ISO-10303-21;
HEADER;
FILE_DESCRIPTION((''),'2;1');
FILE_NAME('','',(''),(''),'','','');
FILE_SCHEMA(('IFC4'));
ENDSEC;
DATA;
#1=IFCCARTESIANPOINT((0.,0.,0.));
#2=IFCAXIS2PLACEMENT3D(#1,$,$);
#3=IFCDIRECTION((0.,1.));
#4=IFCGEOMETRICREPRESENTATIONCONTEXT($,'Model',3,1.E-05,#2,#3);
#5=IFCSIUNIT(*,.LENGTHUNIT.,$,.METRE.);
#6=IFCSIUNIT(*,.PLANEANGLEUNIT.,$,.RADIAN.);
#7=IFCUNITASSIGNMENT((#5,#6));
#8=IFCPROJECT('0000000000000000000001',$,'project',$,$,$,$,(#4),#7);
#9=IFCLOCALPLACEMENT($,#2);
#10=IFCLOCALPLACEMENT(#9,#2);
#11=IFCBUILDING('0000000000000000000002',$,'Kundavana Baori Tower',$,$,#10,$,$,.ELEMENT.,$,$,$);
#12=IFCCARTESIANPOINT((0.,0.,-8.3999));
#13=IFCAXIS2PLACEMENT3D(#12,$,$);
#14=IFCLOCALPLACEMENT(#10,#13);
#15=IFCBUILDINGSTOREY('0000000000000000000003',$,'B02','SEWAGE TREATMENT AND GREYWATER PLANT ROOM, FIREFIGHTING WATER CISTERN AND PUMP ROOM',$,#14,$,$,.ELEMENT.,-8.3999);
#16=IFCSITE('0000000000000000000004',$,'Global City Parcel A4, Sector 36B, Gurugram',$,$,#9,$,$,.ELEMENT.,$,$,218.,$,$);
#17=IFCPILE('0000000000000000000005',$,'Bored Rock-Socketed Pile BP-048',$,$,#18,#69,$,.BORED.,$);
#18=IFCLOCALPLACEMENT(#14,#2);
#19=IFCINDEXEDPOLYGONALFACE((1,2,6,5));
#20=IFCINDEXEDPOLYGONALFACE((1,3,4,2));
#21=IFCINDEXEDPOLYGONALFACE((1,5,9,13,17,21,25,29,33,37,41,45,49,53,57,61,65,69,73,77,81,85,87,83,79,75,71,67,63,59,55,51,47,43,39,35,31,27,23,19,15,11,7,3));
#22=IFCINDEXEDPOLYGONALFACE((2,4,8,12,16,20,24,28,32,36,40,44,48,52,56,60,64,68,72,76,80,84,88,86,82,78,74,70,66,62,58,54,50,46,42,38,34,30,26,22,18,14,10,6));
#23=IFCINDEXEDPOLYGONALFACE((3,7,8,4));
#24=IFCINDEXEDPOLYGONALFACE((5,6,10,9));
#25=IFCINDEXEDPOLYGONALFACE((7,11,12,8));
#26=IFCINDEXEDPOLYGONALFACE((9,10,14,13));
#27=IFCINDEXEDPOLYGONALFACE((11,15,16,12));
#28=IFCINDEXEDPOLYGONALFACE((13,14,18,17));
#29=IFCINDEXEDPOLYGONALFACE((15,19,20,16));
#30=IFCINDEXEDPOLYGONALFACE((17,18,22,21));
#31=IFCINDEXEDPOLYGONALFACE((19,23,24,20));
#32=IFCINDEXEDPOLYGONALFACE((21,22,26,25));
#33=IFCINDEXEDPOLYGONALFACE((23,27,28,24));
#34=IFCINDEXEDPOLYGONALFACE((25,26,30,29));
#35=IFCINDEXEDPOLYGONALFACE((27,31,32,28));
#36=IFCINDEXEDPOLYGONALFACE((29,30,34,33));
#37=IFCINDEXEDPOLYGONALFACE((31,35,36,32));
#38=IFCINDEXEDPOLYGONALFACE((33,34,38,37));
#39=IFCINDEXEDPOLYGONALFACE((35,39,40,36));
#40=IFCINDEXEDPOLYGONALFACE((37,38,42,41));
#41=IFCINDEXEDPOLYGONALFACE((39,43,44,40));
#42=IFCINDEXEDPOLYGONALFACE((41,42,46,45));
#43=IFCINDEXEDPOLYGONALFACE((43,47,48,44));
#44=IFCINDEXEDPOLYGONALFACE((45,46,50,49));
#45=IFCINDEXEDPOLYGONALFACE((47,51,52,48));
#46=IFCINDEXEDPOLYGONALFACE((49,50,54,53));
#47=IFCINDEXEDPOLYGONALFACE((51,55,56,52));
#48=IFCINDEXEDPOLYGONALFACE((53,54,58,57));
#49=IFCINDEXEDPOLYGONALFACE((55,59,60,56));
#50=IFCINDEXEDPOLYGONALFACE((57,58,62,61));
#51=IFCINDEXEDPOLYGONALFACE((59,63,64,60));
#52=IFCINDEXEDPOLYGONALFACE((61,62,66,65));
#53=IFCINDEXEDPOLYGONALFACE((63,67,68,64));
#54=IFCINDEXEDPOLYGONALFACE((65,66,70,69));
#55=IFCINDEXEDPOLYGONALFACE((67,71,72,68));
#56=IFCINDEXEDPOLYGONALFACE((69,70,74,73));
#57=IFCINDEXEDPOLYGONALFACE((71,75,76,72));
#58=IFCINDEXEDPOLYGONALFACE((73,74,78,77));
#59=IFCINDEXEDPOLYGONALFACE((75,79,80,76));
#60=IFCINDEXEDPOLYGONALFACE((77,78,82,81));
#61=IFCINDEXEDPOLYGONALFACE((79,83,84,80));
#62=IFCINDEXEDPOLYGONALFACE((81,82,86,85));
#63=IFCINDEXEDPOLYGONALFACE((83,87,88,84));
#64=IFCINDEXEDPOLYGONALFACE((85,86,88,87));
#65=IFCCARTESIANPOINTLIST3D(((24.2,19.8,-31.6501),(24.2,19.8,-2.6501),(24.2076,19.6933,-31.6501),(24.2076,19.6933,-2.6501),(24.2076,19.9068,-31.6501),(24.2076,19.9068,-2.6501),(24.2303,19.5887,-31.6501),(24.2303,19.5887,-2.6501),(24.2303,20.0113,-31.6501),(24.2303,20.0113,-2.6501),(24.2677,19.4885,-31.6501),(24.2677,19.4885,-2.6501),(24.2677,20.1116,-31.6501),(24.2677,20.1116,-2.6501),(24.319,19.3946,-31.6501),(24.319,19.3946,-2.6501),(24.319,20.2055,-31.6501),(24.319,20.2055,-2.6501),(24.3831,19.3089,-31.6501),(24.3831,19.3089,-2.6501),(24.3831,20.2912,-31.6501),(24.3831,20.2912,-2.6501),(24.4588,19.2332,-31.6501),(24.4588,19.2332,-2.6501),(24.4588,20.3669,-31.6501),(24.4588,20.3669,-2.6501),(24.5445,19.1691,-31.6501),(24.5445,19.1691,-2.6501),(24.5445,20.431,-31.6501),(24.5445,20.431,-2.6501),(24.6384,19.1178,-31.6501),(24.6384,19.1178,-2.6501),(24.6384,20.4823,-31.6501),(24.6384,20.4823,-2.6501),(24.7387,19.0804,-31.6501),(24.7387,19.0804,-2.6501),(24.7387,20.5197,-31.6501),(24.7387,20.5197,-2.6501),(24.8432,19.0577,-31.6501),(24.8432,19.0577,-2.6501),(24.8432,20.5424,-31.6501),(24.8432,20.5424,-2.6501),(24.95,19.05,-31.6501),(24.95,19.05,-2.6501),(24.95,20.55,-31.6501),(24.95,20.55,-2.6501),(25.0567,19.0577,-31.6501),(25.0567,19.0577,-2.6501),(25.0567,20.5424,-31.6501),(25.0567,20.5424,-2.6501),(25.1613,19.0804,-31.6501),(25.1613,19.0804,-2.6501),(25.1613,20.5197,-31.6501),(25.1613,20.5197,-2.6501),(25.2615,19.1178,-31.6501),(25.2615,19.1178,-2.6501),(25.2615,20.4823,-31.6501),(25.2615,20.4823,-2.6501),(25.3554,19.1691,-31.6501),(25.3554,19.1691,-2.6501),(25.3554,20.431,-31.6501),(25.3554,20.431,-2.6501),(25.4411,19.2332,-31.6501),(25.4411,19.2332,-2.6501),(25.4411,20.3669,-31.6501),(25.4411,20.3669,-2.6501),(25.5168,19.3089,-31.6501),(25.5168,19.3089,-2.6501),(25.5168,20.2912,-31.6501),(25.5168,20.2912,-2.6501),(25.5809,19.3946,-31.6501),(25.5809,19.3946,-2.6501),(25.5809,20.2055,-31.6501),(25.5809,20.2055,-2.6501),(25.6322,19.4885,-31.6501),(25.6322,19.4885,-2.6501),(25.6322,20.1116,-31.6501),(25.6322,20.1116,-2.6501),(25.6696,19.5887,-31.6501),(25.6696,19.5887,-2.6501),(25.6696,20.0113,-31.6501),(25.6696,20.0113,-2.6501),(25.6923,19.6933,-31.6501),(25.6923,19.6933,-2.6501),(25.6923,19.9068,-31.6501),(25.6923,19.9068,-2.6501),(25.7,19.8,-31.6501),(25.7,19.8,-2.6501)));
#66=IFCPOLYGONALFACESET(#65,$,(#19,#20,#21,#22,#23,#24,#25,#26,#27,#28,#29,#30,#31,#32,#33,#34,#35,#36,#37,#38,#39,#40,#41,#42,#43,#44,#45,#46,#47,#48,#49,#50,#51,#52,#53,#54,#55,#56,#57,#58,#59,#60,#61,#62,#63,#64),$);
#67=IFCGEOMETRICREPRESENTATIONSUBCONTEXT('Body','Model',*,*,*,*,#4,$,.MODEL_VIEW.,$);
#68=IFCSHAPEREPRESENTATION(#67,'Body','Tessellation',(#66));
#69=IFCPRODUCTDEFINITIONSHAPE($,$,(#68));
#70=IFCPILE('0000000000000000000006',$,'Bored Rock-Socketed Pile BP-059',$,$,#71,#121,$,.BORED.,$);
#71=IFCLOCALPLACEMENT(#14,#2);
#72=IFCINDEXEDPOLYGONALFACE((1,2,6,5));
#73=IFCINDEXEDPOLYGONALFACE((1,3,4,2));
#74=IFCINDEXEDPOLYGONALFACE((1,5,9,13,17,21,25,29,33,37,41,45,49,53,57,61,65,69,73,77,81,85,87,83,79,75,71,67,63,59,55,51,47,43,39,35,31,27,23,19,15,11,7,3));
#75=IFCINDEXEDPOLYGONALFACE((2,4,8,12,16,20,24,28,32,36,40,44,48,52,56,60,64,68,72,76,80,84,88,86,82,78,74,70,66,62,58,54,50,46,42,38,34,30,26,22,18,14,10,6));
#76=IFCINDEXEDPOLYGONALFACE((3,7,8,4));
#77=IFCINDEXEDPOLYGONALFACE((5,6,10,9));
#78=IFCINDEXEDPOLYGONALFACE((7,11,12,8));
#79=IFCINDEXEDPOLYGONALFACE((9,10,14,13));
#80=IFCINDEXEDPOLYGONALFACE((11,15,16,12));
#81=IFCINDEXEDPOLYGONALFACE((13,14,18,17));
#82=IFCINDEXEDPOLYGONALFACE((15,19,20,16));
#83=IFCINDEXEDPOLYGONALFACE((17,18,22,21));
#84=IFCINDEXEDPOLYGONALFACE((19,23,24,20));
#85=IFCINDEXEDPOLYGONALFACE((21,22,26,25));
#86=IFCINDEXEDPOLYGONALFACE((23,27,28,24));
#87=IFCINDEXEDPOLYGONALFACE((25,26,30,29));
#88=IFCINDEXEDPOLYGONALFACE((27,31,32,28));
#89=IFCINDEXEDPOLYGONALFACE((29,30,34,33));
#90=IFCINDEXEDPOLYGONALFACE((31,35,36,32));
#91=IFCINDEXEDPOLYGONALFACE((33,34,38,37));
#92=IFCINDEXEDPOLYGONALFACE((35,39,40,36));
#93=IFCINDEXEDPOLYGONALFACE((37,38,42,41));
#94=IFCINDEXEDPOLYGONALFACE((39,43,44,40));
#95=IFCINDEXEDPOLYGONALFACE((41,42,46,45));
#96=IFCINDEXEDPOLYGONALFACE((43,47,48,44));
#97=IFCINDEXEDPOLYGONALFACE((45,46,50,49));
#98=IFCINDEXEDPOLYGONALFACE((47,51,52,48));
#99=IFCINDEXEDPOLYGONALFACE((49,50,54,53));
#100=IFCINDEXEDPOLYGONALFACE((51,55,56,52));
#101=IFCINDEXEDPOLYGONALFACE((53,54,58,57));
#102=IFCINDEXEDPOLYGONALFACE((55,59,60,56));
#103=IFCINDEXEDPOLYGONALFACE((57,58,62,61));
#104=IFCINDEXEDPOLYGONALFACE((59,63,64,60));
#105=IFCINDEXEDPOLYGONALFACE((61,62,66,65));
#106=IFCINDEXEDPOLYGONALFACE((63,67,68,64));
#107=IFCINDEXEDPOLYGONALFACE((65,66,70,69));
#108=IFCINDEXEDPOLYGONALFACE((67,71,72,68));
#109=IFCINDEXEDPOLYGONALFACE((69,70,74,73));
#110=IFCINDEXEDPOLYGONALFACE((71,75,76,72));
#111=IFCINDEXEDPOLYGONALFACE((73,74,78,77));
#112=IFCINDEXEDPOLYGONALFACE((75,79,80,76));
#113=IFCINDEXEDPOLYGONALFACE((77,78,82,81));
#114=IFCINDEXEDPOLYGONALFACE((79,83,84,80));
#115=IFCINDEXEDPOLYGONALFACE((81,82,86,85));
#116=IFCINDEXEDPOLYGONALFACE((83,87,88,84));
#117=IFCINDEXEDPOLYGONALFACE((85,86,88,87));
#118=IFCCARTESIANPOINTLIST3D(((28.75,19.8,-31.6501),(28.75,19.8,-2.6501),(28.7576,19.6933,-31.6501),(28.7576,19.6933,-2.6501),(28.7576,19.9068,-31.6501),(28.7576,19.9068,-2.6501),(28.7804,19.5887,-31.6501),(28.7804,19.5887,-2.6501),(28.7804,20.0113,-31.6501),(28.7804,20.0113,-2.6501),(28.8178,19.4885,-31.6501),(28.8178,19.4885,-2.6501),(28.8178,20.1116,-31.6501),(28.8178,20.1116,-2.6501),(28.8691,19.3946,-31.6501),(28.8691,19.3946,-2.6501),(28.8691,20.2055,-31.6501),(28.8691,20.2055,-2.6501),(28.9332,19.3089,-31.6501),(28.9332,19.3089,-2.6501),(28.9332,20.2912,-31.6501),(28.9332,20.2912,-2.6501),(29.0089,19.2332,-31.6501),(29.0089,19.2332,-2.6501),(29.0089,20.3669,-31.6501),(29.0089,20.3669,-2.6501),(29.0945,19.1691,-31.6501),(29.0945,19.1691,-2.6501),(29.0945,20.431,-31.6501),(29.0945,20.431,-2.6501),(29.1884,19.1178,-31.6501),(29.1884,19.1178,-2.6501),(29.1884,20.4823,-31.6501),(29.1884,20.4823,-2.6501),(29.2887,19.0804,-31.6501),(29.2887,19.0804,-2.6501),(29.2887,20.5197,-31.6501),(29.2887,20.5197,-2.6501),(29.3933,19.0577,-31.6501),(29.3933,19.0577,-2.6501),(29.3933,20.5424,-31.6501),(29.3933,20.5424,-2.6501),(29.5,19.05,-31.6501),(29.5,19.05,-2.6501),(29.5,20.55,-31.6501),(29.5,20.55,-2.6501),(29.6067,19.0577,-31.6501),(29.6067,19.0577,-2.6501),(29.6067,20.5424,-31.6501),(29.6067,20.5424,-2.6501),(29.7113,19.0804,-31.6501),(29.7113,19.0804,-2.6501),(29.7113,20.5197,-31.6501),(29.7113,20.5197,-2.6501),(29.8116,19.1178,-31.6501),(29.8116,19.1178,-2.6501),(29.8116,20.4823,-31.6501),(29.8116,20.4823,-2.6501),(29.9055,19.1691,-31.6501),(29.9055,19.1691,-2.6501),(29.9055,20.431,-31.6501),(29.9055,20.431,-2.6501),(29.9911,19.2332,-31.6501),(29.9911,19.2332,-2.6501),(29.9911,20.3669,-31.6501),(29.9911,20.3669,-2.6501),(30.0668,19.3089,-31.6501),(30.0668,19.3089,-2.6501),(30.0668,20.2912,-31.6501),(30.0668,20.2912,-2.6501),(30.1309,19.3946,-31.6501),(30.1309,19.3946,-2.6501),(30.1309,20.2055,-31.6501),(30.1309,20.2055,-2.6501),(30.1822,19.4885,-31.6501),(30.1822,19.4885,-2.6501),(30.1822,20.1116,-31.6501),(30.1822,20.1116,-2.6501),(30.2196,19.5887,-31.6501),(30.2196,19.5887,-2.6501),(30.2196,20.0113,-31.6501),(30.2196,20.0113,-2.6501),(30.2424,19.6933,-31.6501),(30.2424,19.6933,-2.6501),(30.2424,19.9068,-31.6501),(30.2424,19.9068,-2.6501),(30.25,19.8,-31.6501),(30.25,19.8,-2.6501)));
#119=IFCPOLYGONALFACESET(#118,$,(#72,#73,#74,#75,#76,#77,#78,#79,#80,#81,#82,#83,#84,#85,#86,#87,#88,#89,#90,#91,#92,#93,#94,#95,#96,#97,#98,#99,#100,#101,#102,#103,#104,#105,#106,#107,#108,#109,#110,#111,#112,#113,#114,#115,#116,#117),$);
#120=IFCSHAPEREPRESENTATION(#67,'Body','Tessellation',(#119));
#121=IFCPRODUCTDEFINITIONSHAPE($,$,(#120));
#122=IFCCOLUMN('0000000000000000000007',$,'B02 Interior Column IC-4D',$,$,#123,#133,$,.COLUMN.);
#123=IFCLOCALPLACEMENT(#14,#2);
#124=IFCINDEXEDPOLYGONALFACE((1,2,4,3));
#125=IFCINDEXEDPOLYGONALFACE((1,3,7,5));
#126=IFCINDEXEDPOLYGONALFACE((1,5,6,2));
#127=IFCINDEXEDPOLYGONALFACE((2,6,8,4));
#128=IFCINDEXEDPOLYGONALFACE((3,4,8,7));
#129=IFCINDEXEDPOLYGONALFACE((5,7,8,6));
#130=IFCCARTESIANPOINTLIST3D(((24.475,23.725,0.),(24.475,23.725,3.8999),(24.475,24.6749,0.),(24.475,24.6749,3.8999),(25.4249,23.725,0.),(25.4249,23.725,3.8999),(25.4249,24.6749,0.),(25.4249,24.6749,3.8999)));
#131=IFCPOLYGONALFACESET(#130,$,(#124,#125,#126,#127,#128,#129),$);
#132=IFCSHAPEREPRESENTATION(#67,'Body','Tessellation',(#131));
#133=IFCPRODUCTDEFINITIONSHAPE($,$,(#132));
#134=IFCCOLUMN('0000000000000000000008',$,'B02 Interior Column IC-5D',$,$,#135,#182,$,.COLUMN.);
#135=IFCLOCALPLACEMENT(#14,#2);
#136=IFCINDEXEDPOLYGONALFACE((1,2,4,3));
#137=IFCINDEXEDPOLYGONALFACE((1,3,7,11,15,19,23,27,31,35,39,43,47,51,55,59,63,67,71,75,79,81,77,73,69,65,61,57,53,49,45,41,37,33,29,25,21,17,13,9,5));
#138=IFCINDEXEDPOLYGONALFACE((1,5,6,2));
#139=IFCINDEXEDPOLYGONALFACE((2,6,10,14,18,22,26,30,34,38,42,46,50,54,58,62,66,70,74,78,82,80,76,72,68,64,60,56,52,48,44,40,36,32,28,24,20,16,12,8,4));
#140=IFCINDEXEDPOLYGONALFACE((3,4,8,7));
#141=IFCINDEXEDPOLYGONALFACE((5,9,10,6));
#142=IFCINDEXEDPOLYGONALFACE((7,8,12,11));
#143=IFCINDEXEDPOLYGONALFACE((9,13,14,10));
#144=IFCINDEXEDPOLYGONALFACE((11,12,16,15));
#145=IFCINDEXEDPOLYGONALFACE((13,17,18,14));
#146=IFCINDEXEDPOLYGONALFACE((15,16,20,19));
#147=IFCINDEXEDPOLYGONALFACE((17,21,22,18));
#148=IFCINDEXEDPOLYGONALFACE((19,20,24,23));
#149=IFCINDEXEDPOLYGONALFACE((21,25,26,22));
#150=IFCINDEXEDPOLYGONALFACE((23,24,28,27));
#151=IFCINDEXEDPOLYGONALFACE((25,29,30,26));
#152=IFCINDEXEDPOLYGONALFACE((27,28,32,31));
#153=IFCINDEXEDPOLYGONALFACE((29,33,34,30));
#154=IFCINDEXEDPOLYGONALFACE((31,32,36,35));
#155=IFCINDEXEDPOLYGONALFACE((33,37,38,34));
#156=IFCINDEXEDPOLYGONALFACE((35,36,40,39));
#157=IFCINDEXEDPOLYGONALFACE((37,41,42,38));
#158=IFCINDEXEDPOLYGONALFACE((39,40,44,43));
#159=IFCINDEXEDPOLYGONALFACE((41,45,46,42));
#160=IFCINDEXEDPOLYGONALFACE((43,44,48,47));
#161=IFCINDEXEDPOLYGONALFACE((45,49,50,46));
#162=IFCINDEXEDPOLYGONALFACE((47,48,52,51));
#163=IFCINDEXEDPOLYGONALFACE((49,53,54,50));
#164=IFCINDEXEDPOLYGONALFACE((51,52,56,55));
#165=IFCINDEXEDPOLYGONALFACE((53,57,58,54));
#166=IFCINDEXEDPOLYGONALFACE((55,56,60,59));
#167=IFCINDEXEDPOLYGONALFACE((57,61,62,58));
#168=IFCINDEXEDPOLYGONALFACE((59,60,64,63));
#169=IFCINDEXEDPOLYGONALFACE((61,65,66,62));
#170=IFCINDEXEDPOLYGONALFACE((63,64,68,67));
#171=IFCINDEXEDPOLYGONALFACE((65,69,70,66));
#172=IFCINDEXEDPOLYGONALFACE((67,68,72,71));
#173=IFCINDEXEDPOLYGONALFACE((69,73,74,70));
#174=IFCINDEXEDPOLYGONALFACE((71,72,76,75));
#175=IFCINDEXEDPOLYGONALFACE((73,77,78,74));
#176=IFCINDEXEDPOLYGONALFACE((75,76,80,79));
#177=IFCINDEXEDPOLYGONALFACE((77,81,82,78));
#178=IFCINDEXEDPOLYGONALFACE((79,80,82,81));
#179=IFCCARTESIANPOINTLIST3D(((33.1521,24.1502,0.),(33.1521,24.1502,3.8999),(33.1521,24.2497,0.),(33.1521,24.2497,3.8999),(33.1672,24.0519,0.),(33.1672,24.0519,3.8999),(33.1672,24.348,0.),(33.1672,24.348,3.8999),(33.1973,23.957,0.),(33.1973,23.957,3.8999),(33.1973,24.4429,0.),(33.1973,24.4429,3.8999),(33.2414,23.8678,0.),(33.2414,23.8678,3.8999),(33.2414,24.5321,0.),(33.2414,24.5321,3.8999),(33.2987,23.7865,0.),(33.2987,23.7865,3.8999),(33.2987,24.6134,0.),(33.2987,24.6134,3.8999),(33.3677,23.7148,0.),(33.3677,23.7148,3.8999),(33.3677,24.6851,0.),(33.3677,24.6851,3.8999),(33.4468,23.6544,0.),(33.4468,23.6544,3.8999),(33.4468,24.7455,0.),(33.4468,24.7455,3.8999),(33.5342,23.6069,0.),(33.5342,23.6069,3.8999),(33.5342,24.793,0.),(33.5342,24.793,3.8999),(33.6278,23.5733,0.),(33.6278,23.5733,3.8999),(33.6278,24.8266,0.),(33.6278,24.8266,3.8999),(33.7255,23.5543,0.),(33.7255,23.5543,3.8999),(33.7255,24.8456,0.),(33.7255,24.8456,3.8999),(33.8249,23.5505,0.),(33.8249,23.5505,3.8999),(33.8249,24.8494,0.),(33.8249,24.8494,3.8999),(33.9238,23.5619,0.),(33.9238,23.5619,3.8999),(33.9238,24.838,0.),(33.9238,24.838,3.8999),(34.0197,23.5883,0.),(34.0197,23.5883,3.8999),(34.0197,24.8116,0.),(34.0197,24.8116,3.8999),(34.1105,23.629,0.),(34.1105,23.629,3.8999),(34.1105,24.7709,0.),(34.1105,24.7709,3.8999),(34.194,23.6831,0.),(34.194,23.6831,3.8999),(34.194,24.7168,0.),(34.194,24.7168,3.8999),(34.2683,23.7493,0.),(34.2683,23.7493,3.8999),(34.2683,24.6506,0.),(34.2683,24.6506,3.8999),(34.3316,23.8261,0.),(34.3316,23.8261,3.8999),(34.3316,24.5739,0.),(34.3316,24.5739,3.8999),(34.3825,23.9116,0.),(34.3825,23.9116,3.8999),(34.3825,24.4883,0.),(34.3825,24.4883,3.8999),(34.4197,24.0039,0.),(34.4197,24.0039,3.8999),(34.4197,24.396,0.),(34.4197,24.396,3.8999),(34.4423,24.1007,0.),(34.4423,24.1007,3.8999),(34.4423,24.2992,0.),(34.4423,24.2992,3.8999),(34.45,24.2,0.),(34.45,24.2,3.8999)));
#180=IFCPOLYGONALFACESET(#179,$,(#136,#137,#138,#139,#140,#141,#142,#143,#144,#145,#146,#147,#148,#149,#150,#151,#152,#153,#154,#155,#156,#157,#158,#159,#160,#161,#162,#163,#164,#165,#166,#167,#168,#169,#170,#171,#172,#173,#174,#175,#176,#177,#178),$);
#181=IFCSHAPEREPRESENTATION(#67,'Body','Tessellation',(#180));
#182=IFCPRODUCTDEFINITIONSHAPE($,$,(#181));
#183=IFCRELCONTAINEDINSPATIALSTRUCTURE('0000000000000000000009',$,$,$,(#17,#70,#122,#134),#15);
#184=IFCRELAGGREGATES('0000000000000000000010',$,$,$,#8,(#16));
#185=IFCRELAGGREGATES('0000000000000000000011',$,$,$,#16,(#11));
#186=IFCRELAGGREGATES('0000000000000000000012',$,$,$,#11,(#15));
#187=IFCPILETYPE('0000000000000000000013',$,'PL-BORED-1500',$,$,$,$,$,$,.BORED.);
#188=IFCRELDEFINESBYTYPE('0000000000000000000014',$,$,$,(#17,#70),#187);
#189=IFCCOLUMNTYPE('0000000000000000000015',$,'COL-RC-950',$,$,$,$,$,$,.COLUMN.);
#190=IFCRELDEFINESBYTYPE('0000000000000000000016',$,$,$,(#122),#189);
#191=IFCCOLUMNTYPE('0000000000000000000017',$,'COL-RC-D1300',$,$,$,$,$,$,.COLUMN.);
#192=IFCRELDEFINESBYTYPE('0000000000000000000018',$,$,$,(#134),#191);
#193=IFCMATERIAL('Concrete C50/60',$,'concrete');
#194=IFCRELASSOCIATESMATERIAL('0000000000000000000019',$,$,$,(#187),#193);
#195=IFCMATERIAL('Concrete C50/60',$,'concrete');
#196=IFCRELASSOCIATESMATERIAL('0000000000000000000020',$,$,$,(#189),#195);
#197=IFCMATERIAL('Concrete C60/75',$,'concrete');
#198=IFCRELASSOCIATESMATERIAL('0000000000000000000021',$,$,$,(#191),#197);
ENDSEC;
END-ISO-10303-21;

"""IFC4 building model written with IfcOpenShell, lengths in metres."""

from ifc_helpers import new_model, si_unit, direction, frame, origin, origin_2d, place, context, subcontext, project, spatial, rectangle, circle, extrude, material, material_profile, profile_set, type_object, element, save


model = new_model("IFC4")

# Units and contexts
model_context = context("Model", 3, precision=1e-05, world=origin(), true_north=direction((0.0, 1.0)))
body_context = subcontext(model_context, "Body", "Model", "MODEL_VIEW")
ifc_project = project(units=[si_unit("LENGTHUNIT", "METRE"), si_unit("PLANEANGLEUNIT", "RADIAN")], contexts=[model_context])

# Site, building, storey
site_placement = place(None, origin())
site = spatial("IfcSite", under=ifc_project, at=site_placement, Name="Global City Parcel A4, Sector 36B, Gurugram", CompositionType="ELEMENT", RefElevation=218.0)
building_placement = place(site_placement, origin())
building = spatial("IfcBuilding", under=site, at=building_placement, Name="Kundavana Baori Tower", CompositionType="ELEMENT")
storey_placement = place(building_placement, frame((0.0, 0.0, -8.3999)))
storey = spatial("IfcBuildingStorey", under=building, at=storey_placement, Name="B02", Description="SEWAGE TREATMENT AND GREYWATER PLANT ROOM, FIREFIGHTING WATER CISTERN AND PUMP ROOM", CompositionType="ELEMENT", Elevation=-8.3999)

# Piles
ifc_material_1 = material(Name="Concrete C50/60", Category="concrete")
ifc_material_profile_1 = material_profile(ifc_material_1, circle(Radius=0.75, at=origin_2d()), Name="BORED PILE D1500")
ifc_profile_set_1 = profile_set([ifc_material_profile_1], Name="Concrete C50/60")
pile_type = type_object("IfcPileType", Name="PL-BORED-1500", PredefinedType="BORED", material=ifc_profile_set_1)
for number, where, z_axis, x_axis, name in (
    (1, (24.95, 19.8, -2.6501), (0.0, 0.0, -1.0), (1.0, 0.0, 0.0), "Bored Rock-Socketed Pile BP-048"),
    (2, (29.5, 19.8, -2.6501), (0.0, 0.0, -1.0), (1.0, 0.0, 0.0), "Bored Rock-Socketed Pile BP-059"),
):
    element("IfcPile", number, at=place(storey_placement, frame(where, z_axis=z_axis, x_axis=x_axis)), inside=storey, type_object=pile_type, Name=name, PredefinedType="BORED", context=body_context, shape_type="SweptSolid", body=[
        extrude(circle(Radius=0.75, at=origin_2d()), origin(), (0.0, 0.0, 1.0), 29.0),
    ])

# Columns
ifc_material_2 = material(Name="Concrete C50/60", Category="concrete")
ifc_material_profile_2 = material_profile(ifc_material_2, rectangle(XDim=0.95, YDim=0.95, at=origin_2d()), Name="RC 950x950")
ifc_profile_set_2 = profile_set([ifc_material_profile_2], Name="Concrete C50/60")
column_type_1 = type_object("IfcColumnType", Name="COL-RC-950", PredefinedType="COLUMN", material=ifc_profile_set_2)
column_1_placement = place(storey_placement, frame((24.95, 24.2, 0.0), z_axis=(0.0, 0.0, 1.0), x_axis=(1.0, 0.0, 0.0)))
element("IfcColumn", 3, at=column_1_placement, inside=storey, type_object=column_type_1, Name="B02 Interior Column IC-4D", PredefinedType="COLUMN", context=body_context, shape_type="SweptSolid", body=[
    extrude(rectangle(XDim=0.95, YDim=0.95, at=origin_2d()), origin(), (0.0, 0.0, 1.0), 3.8999),
])
ifc_material_3 = material(Name="Concrete C60/75", Category="concrete")
ifc_material_profile_3 = material_profile(ifc_material_3, circle(Radius=0.6499, at=origin_2d()), Name="RC D1300")
ifc_profile_set_3 = profile_set([ifc_material_profile_3], Name="Concrete C60/75")
column_type_2 = type_object("IfcColumnType", Name="COL-RC-D1300", PredefinedType="COLUMN", material=ifc_profile_set_3)
column_2_placement = place(storey_placement, frame((33.8, 24.2, 0.0), z_axis=(0.0, 0.0, 1.0), x_axis=(1.0, 0.0, 0.0)))
element("IfcColumn", 4, at=column_2_placement, inside=storey, type_object=column_type_2, Name="B02 Interior Column IC-5D", PredefinedType="COLUMN", context=body_context, shape_type="SweptSolid", body=[
    extrude(circle(Radius=0.6499, at=origin_2d()), origin(), (0.0, 0.0, 1.0), 3.8999),
])

save(model, "model.ifc")
